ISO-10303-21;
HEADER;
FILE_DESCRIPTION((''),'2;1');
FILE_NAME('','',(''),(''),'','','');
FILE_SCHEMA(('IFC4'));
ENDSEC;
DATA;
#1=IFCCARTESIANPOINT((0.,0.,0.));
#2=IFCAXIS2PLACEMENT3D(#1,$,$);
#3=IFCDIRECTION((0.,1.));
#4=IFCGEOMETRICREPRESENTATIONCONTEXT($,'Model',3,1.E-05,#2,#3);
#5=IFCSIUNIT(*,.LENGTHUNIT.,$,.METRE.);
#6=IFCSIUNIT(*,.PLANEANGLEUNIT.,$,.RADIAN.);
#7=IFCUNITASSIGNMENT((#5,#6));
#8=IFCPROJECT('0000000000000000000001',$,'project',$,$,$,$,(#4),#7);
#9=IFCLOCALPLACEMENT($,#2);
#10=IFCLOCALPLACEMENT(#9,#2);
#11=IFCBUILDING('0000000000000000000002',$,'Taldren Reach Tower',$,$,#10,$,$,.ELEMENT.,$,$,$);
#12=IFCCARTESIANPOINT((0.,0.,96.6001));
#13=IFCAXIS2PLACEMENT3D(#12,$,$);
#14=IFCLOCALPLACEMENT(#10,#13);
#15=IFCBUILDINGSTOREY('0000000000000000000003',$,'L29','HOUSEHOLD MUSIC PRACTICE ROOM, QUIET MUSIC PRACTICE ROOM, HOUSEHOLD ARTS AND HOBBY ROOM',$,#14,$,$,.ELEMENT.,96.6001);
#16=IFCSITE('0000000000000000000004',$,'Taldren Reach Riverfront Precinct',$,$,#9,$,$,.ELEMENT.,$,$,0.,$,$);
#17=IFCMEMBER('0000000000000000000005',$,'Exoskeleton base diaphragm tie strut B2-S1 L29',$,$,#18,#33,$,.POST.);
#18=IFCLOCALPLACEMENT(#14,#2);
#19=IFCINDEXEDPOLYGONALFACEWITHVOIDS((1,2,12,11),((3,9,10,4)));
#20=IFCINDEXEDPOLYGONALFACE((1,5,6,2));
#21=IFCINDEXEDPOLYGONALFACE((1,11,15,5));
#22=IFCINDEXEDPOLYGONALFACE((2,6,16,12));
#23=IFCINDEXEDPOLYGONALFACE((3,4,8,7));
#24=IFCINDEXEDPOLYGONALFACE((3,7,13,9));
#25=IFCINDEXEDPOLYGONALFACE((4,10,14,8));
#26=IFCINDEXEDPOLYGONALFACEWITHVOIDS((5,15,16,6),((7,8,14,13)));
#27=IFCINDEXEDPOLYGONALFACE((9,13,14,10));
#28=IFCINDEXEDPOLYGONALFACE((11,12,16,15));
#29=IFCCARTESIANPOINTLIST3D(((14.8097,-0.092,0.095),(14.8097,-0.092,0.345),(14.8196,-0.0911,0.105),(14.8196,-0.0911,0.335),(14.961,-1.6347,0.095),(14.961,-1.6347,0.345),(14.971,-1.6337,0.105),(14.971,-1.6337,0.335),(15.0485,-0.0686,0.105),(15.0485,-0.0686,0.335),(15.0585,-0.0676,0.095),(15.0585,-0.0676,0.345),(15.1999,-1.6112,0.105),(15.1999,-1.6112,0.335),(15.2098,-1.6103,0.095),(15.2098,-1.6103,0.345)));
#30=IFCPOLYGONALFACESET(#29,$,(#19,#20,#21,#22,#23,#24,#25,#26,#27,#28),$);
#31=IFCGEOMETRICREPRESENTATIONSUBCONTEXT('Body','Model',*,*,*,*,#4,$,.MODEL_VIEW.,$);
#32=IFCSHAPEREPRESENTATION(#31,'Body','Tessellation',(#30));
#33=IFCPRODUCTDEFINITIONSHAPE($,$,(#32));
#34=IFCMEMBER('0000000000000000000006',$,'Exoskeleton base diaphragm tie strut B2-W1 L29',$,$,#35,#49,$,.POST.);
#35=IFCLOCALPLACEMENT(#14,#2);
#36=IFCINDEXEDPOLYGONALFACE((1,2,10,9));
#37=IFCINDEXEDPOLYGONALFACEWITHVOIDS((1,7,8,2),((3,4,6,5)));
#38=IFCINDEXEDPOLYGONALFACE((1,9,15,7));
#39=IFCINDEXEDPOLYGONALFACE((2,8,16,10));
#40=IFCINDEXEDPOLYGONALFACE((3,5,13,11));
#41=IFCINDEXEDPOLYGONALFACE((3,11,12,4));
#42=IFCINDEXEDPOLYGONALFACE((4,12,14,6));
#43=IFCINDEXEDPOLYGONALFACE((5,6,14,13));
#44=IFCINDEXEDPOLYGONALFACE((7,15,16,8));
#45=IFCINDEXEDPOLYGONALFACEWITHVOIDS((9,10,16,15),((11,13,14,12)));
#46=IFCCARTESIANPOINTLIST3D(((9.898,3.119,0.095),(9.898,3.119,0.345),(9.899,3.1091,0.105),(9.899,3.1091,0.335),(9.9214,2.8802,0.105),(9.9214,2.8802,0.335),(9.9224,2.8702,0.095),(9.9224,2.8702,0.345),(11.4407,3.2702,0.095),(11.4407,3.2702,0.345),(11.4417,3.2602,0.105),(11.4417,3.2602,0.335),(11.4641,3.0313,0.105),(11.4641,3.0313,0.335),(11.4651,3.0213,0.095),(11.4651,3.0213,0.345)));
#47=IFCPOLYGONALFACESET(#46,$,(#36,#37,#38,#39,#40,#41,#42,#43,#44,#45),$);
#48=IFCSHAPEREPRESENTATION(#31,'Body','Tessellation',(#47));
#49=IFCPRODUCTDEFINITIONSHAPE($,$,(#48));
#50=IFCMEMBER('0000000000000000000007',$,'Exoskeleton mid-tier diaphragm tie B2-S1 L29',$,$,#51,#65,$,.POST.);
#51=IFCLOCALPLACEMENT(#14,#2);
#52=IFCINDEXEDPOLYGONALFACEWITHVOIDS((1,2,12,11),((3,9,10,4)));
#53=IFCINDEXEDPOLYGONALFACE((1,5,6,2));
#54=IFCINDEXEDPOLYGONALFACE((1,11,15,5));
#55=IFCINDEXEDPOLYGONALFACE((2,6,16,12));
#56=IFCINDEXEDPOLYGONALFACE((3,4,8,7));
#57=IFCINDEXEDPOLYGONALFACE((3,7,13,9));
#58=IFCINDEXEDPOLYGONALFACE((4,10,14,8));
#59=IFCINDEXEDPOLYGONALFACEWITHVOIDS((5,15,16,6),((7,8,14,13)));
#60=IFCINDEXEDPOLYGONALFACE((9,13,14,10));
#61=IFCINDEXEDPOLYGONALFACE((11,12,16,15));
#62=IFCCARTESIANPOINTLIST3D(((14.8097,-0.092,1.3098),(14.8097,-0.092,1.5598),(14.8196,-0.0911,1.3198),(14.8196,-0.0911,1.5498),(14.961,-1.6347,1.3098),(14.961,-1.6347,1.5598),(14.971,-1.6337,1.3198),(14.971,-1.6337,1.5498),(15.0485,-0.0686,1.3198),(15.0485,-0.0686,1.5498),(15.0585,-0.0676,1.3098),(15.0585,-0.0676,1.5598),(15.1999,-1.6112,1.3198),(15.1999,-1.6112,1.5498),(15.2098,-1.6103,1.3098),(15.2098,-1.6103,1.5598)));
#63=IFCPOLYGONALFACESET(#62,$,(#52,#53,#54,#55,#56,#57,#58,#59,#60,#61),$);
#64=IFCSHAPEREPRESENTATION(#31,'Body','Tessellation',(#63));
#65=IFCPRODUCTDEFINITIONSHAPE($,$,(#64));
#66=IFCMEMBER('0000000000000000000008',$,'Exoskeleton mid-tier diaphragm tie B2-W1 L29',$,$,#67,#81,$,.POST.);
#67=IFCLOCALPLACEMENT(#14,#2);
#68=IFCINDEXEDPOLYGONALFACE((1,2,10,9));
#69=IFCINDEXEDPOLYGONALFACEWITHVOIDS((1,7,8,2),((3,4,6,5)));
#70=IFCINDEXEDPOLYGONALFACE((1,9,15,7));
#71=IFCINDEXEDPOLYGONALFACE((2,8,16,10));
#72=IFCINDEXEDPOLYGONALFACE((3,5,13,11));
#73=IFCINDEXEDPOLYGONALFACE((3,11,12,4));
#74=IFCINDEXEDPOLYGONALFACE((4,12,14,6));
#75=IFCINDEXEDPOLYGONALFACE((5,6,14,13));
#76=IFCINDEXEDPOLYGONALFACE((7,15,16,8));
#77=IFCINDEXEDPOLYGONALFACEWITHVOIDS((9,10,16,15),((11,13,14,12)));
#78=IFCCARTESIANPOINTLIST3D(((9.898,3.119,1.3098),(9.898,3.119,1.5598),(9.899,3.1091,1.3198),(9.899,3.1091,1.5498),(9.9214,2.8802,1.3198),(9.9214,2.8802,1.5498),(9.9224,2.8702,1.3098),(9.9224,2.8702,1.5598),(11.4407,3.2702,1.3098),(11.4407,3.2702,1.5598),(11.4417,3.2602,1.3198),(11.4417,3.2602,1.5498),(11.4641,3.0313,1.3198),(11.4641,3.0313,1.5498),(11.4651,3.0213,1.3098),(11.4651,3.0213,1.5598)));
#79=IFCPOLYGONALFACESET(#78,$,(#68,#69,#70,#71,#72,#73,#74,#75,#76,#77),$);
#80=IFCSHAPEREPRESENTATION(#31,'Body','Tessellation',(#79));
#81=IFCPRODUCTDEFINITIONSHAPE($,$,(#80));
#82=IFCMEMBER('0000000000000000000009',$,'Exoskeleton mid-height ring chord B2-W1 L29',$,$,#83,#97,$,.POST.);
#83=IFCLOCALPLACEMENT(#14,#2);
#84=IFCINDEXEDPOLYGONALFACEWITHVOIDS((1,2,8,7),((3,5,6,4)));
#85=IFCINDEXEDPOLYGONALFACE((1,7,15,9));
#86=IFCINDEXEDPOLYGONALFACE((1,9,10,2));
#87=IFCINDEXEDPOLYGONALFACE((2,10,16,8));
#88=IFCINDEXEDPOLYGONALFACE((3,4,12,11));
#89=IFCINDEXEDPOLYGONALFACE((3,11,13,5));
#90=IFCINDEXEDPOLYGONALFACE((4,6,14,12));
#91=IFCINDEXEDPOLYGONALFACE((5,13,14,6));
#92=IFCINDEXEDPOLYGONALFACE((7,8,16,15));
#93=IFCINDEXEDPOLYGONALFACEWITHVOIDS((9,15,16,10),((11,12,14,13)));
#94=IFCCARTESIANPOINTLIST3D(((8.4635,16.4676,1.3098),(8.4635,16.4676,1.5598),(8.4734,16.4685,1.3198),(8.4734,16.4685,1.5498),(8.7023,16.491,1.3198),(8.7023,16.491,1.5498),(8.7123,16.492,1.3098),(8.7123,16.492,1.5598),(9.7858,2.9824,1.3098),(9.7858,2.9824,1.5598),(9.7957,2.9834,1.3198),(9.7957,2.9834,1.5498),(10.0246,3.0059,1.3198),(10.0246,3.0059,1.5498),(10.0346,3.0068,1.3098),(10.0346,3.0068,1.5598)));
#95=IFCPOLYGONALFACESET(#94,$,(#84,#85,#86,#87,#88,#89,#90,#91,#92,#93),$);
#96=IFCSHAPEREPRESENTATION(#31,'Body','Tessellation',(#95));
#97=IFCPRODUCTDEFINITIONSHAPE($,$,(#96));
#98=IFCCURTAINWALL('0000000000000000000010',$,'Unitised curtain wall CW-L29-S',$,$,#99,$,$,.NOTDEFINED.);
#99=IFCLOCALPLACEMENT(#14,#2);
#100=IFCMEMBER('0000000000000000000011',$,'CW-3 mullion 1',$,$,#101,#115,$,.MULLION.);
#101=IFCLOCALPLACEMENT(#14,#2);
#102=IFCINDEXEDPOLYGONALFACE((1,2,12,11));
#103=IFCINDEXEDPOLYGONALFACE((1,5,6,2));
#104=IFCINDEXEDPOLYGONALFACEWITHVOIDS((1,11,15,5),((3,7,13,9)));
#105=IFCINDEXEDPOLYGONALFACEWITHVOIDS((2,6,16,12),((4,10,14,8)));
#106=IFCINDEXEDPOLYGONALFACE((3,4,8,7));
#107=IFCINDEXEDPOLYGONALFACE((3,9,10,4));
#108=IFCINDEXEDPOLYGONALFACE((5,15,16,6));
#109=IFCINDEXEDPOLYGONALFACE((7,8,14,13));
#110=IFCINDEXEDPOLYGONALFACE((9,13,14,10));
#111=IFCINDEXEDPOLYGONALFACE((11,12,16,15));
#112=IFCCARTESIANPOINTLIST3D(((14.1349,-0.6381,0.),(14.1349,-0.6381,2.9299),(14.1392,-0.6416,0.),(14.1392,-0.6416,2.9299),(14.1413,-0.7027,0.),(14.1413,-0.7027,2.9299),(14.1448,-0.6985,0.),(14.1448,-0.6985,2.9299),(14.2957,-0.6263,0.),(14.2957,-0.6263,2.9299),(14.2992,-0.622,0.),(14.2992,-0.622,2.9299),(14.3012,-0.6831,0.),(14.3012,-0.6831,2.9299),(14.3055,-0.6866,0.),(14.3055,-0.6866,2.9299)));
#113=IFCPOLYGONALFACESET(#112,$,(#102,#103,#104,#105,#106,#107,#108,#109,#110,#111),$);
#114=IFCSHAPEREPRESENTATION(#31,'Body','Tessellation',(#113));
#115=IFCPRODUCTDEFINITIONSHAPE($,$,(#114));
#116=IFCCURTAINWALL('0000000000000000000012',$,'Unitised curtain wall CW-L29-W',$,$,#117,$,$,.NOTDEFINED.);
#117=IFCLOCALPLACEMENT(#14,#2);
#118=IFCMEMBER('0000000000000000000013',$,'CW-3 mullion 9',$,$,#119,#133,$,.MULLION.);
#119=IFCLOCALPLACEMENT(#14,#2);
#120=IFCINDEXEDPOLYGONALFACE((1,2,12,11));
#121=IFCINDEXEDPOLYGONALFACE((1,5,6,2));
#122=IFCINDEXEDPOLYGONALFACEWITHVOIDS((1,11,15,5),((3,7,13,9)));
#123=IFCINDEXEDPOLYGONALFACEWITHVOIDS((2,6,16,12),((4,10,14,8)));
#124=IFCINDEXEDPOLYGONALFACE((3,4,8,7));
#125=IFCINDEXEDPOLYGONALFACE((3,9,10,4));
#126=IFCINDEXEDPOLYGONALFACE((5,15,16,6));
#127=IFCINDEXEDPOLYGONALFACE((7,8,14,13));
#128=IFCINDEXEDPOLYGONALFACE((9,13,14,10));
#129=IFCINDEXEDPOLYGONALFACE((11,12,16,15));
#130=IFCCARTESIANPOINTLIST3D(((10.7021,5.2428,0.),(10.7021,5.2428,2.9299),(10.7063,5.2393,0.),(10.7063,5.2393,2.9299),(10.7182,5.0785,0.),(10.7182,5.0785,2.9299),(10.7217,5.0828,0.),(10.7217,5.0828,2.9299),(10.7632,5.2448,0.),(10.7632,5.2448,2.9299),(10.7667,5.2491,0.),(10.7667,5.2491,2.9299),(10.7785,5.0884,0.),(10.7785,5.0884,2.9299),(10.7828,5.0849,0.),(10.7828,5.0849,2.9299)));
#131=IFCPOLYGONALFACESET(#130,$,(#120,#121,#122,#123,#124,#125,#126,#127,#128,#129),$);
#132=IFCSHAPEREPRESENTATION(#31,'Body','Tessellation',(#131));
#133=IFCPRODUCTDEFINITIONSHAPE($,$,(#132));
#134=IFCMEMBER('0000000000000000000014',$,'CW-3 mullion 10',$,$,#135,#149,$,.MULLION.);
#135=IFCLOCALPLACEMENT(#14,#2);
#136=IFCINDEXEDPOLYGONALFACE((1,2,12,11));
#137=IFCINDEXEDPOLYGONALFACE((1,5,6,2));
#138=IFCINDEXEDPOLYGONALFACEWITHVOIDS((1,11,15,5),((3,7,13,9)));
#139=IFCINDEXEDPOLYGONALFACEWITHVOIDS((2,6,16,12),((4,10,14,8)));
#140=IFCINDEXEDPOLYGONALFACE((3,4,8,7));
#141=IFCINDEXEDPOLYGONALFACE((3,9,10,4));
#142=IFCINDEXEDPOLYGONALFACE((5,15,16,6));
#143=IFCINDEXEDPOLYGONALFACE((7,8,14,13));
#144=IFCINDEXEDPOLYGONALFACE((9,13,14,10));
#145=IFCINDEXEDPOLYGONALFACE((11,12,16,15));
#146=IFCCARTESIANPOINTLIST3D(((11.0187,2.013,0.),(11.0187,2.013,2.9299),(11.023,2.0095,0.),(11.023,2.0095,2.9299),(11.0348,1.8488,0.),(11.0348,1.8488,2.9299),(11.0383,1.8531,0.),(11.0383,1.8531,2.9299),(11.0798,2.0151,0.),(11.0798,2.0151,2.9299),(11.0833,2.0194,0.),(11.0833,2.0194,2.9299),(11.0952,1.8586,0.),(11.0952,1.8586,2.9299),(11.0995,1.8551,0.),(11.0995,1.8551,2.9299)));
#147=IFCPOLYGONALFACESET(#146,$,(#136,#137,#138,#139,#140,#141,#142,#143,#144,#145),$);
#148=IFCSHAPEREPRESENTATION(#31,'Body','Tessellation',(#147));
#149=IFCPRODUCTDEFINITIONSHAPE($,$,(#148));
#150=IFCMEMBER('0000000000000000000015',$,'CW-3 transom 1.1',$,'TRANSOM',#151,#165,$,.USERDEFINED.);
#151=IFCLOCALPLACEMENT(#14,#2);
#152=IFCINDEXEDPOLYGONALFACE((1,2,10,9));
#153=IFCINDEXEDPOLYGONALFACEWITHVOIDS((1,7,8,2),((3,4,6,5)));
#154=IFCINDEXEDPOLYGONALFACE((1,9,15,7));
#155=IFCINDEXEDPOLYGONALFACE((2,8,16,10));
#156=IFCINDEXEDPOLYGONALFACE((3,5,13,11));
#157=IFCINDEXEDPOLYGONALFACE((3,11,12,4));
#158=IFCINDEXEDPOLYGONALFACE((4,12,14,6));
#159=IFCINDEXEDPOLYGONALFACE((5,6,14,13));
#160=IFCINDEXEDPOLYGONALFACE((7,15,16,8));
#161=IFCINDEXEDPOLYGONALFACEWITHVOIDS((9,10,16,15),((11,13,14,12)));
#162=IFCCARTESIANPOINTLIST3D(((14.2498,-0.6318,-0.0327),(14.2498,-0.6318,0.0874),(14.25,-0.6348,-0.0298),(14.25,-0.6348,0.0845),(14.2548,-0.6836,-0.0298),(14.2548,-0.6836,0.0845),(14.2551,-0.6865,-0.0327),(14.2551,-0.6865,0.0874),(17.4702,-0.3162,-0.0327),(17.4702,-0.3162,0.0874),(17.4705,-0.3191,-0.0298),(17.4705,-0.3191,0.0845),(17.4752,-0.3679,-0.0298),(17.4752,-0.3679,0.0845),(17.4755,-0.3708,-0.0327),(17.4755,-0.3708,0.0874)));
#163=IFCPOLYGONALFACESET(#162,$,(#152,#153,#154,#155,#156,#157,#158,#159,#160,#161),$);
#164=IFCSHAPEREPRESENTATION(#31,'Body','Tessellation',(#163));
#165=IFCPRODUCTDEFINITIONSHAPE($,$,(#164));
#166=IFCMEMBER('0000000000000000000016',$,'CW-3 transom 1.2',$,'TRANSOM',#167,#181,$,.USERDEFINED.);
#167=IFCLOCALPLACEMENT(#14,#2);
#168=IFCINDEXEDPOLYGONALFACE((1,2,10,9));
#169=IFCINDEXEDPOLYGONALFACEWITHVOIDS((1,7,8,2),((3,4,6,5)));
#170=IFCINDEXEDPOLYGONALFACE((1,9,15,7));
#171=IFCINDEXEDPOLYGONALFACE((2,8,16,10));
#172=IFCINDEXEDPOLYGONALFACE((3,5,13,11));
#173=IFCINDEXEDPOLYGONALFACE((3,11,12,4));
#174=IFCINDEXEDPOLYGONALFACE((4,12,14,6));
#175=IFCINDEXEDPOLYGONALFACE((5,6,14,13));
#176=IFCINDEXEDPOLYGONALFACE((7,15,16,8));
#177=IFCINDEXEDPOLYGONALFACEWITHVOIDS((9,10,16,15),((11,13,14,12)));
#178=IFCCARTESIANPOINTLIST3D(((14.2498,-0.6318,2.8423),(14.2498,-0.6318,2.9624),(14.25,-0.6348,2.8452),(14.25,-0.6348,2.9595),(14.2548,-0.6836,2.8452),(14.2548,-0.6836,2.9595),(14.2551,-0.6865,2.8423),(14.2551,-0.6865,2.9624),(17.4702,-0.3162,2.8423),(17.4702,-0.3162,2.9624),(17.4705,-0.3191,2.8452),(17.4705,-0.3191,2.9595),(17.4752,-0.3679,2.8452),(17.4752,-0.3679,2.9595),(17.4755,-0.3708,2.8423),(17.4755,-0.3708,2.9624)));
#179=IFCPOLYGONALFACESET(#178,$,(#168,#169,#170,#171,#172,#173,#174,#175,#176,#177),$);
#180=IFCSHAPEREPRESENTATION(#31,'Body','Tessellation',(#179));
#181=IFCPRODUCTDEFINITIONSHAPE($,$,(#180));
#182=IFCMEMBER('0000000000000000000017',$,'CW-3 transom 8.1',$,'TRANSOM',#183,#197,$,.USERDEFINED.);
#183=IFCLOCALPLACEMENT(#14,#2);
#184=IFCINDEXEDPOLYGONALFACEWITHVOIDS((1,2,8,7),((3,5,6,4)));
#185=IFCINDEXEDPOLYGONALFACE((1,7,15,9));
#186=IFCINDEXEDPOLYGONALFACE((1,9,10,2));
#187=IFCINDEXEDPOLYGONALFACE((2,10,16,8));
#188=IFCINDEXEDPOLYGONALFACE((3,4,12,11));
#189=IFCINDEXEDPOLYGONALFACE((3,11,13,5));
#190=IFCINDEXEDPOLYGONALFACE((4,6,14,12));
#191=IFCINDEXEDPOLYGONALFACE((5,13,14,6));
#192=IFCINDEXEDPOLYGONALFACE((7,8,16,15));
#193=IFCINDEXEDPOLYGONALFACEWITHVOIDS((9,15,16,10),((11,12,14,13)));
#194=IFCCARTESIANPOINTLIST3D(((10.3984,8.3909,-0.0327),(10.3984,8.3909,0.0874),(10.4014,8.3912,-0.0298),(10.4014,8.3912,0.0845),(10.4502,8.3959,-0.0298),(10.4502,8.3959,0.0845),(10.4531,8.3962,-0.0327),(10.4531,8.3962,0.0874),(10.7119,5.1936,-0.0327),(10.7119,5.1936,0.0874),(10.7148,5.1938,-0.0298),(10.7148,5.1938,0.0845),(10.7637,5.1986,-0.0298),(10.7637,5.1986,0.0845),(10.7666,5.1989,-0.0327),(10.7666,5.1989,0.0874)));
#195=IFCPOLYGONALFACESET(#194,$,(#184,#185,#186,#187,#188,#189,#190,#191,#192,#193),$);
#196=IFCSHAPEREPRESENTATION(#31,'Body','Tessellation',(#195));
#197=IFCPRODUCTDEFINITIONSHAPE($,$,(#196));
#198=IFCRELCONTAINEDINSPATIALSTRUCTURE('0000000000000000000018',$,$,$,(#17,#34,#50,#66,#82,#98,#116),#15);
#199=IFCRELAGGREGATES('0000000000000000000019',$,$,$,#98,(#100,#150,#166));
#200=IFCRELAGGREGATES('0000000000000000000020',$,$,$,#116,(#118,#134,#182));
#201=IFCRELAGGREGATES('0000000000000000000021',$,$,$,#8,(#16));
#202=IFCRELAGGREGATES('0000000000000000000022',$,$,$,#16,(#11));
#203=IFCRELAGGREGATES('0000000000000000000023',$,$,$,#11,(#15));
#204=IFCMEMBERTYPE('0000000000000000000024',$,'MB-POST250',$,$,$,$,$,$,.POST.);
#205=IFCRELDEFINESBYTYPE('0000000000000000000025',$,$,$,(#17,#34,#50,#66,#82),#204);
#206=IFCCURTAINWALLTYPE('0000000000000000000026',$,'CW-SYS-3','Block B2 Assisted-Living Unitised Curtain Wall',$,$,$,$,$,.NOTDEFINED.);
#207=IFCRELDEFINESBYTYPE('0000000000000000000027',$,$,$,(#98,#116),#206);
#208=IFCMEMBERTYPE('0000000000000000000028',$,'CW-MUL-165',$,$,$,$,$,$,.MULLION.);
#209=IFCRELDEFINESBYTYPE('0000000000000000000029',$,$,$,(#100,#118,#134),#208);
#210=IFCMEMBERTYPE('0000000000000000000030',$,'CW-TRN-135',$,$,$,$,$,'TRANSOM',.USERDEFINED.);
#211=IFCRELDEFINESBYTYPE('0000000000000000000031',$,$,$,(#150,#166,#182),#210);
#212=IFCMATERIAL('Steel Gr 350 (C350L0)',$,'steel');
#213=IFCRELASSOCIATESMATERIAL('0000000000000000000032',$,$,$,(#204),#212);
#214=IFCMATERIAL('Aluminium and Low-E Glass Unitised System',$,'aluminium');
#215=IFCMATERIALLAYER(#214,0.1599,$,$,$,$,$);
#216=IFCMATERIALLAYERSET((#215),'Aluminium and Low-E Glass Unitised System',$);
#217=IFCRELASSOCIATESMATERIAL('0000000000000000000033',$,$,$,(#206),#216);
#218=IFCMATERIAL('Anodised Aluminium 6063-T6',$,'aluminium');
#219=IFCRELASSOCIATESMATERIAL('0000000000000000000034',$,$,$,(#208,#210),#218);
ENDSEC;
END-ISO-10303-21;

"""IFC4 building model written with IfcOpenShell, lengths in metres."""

from ifc_helpers import new_model, si_unit, direction, frame, origin, origin_2d, place, context, subcontext, project, spatial, hollow_rectangle, extrude, source, transform, mapped, material, layer, layer_set, material_profile, profile_set, type_object, element, aggregate, save


model = new_model("IFC4")

# Units and contexts
model_context = context("Model", 3, precision=1e-05, world=origin(), true_north=direction((0.0, 1.0)))
body_context = subcontext(model_context, "Body", "Model", "MODEL_VIEW")
ifc_project = project(units=[si_unit("LENGTHUNIT", "METRE"), si_unit("PLANEANGLEUNIT", "RADIAN")], contexts=[model_context])

# Site, building, storey
site_placement = place(None, origin())
site = spatial("IfcSite", under=ifc_project, at=site_placement, Name="Taldren Reach Riverfront Precinct", CompositionType="ELEMENT", RefElevation=0.0)
building_placement = place(site_placement, origin())
building = spatial("IfcBuilding", under=site, at=building_placement, Name="Taldren Reach Tower", CompositionType="ELEMENT")
storey_placement = place(building_placement, frame((0.0, 0.0, 96.6001)))
storey = spatial("IfcBuildingStorey", under=building, at=storey_placement, Name="L29", Description="HOUSEHOLD MUSIC PRACTICE ROOM, QUIET MUSIC PRACTICE ROOM, HOUSEHOLD ARTS AND HOBBY ROOM", CompositionType="ELEMENT", Elevation=96.6001)

# Members
ifc_material_1 = material(Name="Steel Gr 350 (C350L0)", Category="steel")
ifc_material_profile_1 = material_profile(ifc_material_1, hollow_rectangle(XDim=0.25, YDim=0.25, WallThickness=0.01, at=origin_2d()), Name="250x250x10.0SHS")
ifc_profile_set_1 = profile_set([ifc_material_profile_1], Name="Steel Gr 350 (C350L0)")
member_type_1 = type_object("IfcMemberType", Name="MB-POST250", PredefinedType="POST", material=ifc_profile_set_1)
shared_shape_1 = source(origin(), body_context, "Body", "SweptSolid", [
    extrude(hollow_rectangle(XDim=0.25, YDim=0.25, WallThickness=0.01, at=origin_2d()), origin(), (0.0, 0.0, 1.0), 1.55),
])
for number, where, z_axis, x_axis, name in (
    (1, (14.9341, -0.0798, 0.22), (0.097648, -0.995221, 0.0), (0.995221, 0.097648, 0.0), "Exoskeleton base diaphragm tie strut B2-S1 L29"),
    (2, (11.4529, 3.1458, 0.22), (-0.995236, -0.097492, 0.0), (0.097492, -0.995236, 0.0), "Exoskeleton base diaphragm tie strut B2-W1 L29"),
    (3, (14.9341, -0.0798, 1.4348), (0.097648, -0.995221, 0.0), (0.995221, 0.097648, 0.0), "Exoskeleton mid-tier diaphragm tie B2-S1 L29"),
    (4, (11.4529, 3.1458, 1.4348), (-0.995236, -0.097492, 0.0), (0.097492, -0.995236, 0.0), "Exoskeleton mid-tier diaphragm tie B2-W1 L29"),
):
    element("IfcMember", number, at=place(storey_placement, frame(where, z_axis=z_axis, x_axis=x_axis)), inside=storey, type_object=member_type_1, Name=name, PredefinedType="POST", context=body_context, shape_type="MappedRepresentation", body=[
        mapped(shared_shape_1, transform((0.0, 0.0, 0.0), scale=1.0)),
    ])
shared_shape_2 = source(origin(), body_context, "Body", "SweptSolid", [
    extrude(hollow_rectangle(XDim=0.25, YDim=0.25, WallThickness=0.01, at=origin_2d()), origin(), (0.0, 0.0, 1.0), 13.5498),
])
member_1_placement = place(storey_placement, frame((9.9102, 2.9946, 1.4348), z_axis=(-0.097586, 0.995227, 0.0), x_axis=(-0.995227, -0.097586, 0.0)))
element("IfcMember", 5, at=member_1_placement, inside=storey, type_object=member_type_1, Name="Exoskeleton mid-height ring chord B2-W1 L29", PredefinedType="POST", context=body_context, shape_type="MappedRepresentation", body=[
    mapped(shared_shape_2, transform((0.0, 0.0, 0.0), scale=1.0)),
])

# Curtain wall, member
ifc_material_2 = material(Name="Aluminium and Low-E Glass Unitised System", Category="aluminium")
ifc_layer_1 = layer(ifc_material_2, 0.1599)
ifc_layer_set_1 = layer_set([ifc_layer_1], Name="Aluminium and Low-E Glass Unitised System")
curtain_wall_type = type_object("IfcCurtainWallType", Name="CW-SYS-3", Description="Block B2 Assisted-Living Unitised Curtain Wall", PredefinedType="NOTDEFINED", material=ifc_layer_set_1)
curtain_wall_1_placement = place(storey_placement, origin())
curtain_wall_1 = element("IfcCurtainWall", 6, at=curtain_wall_1_placement, inside=storey, type_object=curtain_wall_type, Name="Unitised curtain wall CW-L29-S", PredefinedType="NOTDEFINED")
ifc_material_3 = material(Name="Anodised Aluminium 6063-T6", Category="aluminium")
ifc_material_profile_2 = material_profile(ifc_material_3, hollow_rectangle(XDim=0.0649, YDim=0.165, WallThickness=0.0039, at=origin_2d()), Name="ALU-165x65x4RHS")
ifc_profile_set_2 = profile_set([ifc_material_profile_2], Name="Anodised Aluminium 6063-T6")
member_type_2 = type_object("IfcMemberType", Name="CW-MUL-165", PredefinedType="MULLION", material=ifc_profile_set_2)
shared_shape_3 = source(origin(), body_context, "Body", "SweptSolid", [
    extrude(hollow_rectangle(XDim=0.0649, YDim=0.165, WallThickness=0.0039, at=origin_2d()), origin(), (0.0, 0.0, 1.0), 2.9299),
])
member_2_placement = place(storey_placement, frame((14.2202, -0.6624, 0.0), z_axis=(0.0, 0.0, 1.0), x_axis=(-0.097583, 0.995227, 0.0)))
member_2 = element("IfcMember", 7, at=member_2_placement, type_object=member_type_2, Name="CW-3 mullion 1", PredefinedType="MULLION", context=body_context, shape_type="MappedRepresentation", body=[
    mapped(shared_shape_3, transform((0.0, 0.0, 0.0), scale=1.0)),
])

# Curtain wall, members
curtain_wall_2_placement = place(storey_placement, origin())
curtain_wall_2 = element("IfcCurtainWall", 8, at=curtain_wall_2_placement, inside=storey, type_object=curtain_wall_type, Name="Unitised curtain wall CW-L29-W", PredefinedType="NOTDEFINED")
member_3_placement = place(storey_placement, frame((10.7424, 5.1638, 0.0), z_axis=(0.0, 0.0, 1.0), x_axis=(0.995227, 0.097583, 0.0)))
member_3 = element("IfcMember", 9, at=member_3_placement, type_object=member_type_2, Name="CW-3 mullion 9", PredefinedType="MULLION", context=body_context, shape_type="MappedRepresentation", body=[
    mapped(shared_shape_3, transform((0.0, 0.0, 0.0), scale=1.0)),
])
member_4_placement = place(storey_placement, frame((11.0591, 1.9341, 0.0), z_axis=(0.0, 0.0, 1.0), x_axis=(0.995227, 0.097583, 0.0)))
member_4 = element("IfcMember", 10, at=member_4_placement, type_object=member_type_2, Name="CW-3 mullion 10", PredefinedType="MULLION", context=body_context, shape_type="MappedRepresentation", body=[
    mapped(shared_shape_3, transform((0.0, 0.0, 0.0), scale=1.0)),
])

# Members
ifc_material_profile_3 = material_profile(ifc_material_3, hollow_rectangle(XDim=0.0549, YDim=0.1201, WallThickness=0.0029, at=origin_2d()), Name="ALU-120x55x3RHS")
ifc_profile_set_3 = profile_set([ifc_material_profile_3], Name="Anodised Aluminium 6063-T6")
member_type_3 = type_object("IfcMemberType", Name="CW-TRN-135", ElementType="TRANSOM", PredefinedType="USERDEFINED", material=ifc_profile_set_3)
shared_shape_4 = source(origin(), body_context, "Body", "SweptSolid", [
    extrude(hollow_rectangle(XDim=0.0549, YDim=0.1201, WallThickness=0.0029, at=origin_2d()), origin(), (0.0, 0.0, 1.0), 3.2358),
])
member_5_placement = place(storey_placement, frame((14.2524, -0.6592, 0.0273), z_axis=(0.99523, 0.097554, 0.0), x_axis=(-0.097554, 0.99523, 0.0)))
member_5 = element("IfcMember", 11, at=member_5_placement, type_object=member_type_3, Name="CW-3 transom 1.1", ObjectType="TRANSOM", PredefinedType="USERDEFINED", context=body_context, shape_type="MappedRepresentation", body=[
    mapped(shared_shape_4, transform((0.0, 0.0, 0.0), scale=1.0)),
])
member_6_placement = place(storey_placement, frame((14.2524, -0.6592, 2.9023), z_axis=(0.99523, 0.097554, 0.0), x_axis=(-0.097554, 0.99523, 0.0)))
member_6 = element("IfcMember", 12, at=member_6_placement, type_object=member_type_3, Name="CW-3 transom 1.2", ObjectType="TRANSOM", PredefinedType="USERDEFINED", context=body_context, shape_type="MappedRepresentation", body=[
    mapped(shared_shape_4, transform((0.0, 0.0, 0.0), scale=1.0)),
])
shared_shape_5 = source(origin(), body_context, "Body", "SweptSolid", [
    extrude(hollow_rectangle(XDim=0.0549, YDim=0.1201, WallThickness=0.0029, at=origin_2d()), origin(), (0.0, 0.0, 1.0), 3.2126),
])
member_7_placement = place(storey_placement, frame((10.4258, 8.3936, 0.0273), z_axis=(0.097577, -0.995228, 0.0), x_axis=(0.995228, 0.097577, 0.0)))
member_7 = element("IfcMember", 13, at=member_7_placement, type_object=member_type_3, Name="CW-3 transom 8.1", ObjectType="TRANSOM", PredefinedType="USERDEFINED", context=body_context, shape_type="MappedRepresentation", body=[
    mapped(shared_shape_5, transform((0.0, 0.0, 0.0), scale=1.0)),
])

aggregate(curtain_wall_1, [member_2, member_5, member_6])
aggregate(curtain_wall_2, [member_3, member_4, member_7])

save(model, "model.ifc")
